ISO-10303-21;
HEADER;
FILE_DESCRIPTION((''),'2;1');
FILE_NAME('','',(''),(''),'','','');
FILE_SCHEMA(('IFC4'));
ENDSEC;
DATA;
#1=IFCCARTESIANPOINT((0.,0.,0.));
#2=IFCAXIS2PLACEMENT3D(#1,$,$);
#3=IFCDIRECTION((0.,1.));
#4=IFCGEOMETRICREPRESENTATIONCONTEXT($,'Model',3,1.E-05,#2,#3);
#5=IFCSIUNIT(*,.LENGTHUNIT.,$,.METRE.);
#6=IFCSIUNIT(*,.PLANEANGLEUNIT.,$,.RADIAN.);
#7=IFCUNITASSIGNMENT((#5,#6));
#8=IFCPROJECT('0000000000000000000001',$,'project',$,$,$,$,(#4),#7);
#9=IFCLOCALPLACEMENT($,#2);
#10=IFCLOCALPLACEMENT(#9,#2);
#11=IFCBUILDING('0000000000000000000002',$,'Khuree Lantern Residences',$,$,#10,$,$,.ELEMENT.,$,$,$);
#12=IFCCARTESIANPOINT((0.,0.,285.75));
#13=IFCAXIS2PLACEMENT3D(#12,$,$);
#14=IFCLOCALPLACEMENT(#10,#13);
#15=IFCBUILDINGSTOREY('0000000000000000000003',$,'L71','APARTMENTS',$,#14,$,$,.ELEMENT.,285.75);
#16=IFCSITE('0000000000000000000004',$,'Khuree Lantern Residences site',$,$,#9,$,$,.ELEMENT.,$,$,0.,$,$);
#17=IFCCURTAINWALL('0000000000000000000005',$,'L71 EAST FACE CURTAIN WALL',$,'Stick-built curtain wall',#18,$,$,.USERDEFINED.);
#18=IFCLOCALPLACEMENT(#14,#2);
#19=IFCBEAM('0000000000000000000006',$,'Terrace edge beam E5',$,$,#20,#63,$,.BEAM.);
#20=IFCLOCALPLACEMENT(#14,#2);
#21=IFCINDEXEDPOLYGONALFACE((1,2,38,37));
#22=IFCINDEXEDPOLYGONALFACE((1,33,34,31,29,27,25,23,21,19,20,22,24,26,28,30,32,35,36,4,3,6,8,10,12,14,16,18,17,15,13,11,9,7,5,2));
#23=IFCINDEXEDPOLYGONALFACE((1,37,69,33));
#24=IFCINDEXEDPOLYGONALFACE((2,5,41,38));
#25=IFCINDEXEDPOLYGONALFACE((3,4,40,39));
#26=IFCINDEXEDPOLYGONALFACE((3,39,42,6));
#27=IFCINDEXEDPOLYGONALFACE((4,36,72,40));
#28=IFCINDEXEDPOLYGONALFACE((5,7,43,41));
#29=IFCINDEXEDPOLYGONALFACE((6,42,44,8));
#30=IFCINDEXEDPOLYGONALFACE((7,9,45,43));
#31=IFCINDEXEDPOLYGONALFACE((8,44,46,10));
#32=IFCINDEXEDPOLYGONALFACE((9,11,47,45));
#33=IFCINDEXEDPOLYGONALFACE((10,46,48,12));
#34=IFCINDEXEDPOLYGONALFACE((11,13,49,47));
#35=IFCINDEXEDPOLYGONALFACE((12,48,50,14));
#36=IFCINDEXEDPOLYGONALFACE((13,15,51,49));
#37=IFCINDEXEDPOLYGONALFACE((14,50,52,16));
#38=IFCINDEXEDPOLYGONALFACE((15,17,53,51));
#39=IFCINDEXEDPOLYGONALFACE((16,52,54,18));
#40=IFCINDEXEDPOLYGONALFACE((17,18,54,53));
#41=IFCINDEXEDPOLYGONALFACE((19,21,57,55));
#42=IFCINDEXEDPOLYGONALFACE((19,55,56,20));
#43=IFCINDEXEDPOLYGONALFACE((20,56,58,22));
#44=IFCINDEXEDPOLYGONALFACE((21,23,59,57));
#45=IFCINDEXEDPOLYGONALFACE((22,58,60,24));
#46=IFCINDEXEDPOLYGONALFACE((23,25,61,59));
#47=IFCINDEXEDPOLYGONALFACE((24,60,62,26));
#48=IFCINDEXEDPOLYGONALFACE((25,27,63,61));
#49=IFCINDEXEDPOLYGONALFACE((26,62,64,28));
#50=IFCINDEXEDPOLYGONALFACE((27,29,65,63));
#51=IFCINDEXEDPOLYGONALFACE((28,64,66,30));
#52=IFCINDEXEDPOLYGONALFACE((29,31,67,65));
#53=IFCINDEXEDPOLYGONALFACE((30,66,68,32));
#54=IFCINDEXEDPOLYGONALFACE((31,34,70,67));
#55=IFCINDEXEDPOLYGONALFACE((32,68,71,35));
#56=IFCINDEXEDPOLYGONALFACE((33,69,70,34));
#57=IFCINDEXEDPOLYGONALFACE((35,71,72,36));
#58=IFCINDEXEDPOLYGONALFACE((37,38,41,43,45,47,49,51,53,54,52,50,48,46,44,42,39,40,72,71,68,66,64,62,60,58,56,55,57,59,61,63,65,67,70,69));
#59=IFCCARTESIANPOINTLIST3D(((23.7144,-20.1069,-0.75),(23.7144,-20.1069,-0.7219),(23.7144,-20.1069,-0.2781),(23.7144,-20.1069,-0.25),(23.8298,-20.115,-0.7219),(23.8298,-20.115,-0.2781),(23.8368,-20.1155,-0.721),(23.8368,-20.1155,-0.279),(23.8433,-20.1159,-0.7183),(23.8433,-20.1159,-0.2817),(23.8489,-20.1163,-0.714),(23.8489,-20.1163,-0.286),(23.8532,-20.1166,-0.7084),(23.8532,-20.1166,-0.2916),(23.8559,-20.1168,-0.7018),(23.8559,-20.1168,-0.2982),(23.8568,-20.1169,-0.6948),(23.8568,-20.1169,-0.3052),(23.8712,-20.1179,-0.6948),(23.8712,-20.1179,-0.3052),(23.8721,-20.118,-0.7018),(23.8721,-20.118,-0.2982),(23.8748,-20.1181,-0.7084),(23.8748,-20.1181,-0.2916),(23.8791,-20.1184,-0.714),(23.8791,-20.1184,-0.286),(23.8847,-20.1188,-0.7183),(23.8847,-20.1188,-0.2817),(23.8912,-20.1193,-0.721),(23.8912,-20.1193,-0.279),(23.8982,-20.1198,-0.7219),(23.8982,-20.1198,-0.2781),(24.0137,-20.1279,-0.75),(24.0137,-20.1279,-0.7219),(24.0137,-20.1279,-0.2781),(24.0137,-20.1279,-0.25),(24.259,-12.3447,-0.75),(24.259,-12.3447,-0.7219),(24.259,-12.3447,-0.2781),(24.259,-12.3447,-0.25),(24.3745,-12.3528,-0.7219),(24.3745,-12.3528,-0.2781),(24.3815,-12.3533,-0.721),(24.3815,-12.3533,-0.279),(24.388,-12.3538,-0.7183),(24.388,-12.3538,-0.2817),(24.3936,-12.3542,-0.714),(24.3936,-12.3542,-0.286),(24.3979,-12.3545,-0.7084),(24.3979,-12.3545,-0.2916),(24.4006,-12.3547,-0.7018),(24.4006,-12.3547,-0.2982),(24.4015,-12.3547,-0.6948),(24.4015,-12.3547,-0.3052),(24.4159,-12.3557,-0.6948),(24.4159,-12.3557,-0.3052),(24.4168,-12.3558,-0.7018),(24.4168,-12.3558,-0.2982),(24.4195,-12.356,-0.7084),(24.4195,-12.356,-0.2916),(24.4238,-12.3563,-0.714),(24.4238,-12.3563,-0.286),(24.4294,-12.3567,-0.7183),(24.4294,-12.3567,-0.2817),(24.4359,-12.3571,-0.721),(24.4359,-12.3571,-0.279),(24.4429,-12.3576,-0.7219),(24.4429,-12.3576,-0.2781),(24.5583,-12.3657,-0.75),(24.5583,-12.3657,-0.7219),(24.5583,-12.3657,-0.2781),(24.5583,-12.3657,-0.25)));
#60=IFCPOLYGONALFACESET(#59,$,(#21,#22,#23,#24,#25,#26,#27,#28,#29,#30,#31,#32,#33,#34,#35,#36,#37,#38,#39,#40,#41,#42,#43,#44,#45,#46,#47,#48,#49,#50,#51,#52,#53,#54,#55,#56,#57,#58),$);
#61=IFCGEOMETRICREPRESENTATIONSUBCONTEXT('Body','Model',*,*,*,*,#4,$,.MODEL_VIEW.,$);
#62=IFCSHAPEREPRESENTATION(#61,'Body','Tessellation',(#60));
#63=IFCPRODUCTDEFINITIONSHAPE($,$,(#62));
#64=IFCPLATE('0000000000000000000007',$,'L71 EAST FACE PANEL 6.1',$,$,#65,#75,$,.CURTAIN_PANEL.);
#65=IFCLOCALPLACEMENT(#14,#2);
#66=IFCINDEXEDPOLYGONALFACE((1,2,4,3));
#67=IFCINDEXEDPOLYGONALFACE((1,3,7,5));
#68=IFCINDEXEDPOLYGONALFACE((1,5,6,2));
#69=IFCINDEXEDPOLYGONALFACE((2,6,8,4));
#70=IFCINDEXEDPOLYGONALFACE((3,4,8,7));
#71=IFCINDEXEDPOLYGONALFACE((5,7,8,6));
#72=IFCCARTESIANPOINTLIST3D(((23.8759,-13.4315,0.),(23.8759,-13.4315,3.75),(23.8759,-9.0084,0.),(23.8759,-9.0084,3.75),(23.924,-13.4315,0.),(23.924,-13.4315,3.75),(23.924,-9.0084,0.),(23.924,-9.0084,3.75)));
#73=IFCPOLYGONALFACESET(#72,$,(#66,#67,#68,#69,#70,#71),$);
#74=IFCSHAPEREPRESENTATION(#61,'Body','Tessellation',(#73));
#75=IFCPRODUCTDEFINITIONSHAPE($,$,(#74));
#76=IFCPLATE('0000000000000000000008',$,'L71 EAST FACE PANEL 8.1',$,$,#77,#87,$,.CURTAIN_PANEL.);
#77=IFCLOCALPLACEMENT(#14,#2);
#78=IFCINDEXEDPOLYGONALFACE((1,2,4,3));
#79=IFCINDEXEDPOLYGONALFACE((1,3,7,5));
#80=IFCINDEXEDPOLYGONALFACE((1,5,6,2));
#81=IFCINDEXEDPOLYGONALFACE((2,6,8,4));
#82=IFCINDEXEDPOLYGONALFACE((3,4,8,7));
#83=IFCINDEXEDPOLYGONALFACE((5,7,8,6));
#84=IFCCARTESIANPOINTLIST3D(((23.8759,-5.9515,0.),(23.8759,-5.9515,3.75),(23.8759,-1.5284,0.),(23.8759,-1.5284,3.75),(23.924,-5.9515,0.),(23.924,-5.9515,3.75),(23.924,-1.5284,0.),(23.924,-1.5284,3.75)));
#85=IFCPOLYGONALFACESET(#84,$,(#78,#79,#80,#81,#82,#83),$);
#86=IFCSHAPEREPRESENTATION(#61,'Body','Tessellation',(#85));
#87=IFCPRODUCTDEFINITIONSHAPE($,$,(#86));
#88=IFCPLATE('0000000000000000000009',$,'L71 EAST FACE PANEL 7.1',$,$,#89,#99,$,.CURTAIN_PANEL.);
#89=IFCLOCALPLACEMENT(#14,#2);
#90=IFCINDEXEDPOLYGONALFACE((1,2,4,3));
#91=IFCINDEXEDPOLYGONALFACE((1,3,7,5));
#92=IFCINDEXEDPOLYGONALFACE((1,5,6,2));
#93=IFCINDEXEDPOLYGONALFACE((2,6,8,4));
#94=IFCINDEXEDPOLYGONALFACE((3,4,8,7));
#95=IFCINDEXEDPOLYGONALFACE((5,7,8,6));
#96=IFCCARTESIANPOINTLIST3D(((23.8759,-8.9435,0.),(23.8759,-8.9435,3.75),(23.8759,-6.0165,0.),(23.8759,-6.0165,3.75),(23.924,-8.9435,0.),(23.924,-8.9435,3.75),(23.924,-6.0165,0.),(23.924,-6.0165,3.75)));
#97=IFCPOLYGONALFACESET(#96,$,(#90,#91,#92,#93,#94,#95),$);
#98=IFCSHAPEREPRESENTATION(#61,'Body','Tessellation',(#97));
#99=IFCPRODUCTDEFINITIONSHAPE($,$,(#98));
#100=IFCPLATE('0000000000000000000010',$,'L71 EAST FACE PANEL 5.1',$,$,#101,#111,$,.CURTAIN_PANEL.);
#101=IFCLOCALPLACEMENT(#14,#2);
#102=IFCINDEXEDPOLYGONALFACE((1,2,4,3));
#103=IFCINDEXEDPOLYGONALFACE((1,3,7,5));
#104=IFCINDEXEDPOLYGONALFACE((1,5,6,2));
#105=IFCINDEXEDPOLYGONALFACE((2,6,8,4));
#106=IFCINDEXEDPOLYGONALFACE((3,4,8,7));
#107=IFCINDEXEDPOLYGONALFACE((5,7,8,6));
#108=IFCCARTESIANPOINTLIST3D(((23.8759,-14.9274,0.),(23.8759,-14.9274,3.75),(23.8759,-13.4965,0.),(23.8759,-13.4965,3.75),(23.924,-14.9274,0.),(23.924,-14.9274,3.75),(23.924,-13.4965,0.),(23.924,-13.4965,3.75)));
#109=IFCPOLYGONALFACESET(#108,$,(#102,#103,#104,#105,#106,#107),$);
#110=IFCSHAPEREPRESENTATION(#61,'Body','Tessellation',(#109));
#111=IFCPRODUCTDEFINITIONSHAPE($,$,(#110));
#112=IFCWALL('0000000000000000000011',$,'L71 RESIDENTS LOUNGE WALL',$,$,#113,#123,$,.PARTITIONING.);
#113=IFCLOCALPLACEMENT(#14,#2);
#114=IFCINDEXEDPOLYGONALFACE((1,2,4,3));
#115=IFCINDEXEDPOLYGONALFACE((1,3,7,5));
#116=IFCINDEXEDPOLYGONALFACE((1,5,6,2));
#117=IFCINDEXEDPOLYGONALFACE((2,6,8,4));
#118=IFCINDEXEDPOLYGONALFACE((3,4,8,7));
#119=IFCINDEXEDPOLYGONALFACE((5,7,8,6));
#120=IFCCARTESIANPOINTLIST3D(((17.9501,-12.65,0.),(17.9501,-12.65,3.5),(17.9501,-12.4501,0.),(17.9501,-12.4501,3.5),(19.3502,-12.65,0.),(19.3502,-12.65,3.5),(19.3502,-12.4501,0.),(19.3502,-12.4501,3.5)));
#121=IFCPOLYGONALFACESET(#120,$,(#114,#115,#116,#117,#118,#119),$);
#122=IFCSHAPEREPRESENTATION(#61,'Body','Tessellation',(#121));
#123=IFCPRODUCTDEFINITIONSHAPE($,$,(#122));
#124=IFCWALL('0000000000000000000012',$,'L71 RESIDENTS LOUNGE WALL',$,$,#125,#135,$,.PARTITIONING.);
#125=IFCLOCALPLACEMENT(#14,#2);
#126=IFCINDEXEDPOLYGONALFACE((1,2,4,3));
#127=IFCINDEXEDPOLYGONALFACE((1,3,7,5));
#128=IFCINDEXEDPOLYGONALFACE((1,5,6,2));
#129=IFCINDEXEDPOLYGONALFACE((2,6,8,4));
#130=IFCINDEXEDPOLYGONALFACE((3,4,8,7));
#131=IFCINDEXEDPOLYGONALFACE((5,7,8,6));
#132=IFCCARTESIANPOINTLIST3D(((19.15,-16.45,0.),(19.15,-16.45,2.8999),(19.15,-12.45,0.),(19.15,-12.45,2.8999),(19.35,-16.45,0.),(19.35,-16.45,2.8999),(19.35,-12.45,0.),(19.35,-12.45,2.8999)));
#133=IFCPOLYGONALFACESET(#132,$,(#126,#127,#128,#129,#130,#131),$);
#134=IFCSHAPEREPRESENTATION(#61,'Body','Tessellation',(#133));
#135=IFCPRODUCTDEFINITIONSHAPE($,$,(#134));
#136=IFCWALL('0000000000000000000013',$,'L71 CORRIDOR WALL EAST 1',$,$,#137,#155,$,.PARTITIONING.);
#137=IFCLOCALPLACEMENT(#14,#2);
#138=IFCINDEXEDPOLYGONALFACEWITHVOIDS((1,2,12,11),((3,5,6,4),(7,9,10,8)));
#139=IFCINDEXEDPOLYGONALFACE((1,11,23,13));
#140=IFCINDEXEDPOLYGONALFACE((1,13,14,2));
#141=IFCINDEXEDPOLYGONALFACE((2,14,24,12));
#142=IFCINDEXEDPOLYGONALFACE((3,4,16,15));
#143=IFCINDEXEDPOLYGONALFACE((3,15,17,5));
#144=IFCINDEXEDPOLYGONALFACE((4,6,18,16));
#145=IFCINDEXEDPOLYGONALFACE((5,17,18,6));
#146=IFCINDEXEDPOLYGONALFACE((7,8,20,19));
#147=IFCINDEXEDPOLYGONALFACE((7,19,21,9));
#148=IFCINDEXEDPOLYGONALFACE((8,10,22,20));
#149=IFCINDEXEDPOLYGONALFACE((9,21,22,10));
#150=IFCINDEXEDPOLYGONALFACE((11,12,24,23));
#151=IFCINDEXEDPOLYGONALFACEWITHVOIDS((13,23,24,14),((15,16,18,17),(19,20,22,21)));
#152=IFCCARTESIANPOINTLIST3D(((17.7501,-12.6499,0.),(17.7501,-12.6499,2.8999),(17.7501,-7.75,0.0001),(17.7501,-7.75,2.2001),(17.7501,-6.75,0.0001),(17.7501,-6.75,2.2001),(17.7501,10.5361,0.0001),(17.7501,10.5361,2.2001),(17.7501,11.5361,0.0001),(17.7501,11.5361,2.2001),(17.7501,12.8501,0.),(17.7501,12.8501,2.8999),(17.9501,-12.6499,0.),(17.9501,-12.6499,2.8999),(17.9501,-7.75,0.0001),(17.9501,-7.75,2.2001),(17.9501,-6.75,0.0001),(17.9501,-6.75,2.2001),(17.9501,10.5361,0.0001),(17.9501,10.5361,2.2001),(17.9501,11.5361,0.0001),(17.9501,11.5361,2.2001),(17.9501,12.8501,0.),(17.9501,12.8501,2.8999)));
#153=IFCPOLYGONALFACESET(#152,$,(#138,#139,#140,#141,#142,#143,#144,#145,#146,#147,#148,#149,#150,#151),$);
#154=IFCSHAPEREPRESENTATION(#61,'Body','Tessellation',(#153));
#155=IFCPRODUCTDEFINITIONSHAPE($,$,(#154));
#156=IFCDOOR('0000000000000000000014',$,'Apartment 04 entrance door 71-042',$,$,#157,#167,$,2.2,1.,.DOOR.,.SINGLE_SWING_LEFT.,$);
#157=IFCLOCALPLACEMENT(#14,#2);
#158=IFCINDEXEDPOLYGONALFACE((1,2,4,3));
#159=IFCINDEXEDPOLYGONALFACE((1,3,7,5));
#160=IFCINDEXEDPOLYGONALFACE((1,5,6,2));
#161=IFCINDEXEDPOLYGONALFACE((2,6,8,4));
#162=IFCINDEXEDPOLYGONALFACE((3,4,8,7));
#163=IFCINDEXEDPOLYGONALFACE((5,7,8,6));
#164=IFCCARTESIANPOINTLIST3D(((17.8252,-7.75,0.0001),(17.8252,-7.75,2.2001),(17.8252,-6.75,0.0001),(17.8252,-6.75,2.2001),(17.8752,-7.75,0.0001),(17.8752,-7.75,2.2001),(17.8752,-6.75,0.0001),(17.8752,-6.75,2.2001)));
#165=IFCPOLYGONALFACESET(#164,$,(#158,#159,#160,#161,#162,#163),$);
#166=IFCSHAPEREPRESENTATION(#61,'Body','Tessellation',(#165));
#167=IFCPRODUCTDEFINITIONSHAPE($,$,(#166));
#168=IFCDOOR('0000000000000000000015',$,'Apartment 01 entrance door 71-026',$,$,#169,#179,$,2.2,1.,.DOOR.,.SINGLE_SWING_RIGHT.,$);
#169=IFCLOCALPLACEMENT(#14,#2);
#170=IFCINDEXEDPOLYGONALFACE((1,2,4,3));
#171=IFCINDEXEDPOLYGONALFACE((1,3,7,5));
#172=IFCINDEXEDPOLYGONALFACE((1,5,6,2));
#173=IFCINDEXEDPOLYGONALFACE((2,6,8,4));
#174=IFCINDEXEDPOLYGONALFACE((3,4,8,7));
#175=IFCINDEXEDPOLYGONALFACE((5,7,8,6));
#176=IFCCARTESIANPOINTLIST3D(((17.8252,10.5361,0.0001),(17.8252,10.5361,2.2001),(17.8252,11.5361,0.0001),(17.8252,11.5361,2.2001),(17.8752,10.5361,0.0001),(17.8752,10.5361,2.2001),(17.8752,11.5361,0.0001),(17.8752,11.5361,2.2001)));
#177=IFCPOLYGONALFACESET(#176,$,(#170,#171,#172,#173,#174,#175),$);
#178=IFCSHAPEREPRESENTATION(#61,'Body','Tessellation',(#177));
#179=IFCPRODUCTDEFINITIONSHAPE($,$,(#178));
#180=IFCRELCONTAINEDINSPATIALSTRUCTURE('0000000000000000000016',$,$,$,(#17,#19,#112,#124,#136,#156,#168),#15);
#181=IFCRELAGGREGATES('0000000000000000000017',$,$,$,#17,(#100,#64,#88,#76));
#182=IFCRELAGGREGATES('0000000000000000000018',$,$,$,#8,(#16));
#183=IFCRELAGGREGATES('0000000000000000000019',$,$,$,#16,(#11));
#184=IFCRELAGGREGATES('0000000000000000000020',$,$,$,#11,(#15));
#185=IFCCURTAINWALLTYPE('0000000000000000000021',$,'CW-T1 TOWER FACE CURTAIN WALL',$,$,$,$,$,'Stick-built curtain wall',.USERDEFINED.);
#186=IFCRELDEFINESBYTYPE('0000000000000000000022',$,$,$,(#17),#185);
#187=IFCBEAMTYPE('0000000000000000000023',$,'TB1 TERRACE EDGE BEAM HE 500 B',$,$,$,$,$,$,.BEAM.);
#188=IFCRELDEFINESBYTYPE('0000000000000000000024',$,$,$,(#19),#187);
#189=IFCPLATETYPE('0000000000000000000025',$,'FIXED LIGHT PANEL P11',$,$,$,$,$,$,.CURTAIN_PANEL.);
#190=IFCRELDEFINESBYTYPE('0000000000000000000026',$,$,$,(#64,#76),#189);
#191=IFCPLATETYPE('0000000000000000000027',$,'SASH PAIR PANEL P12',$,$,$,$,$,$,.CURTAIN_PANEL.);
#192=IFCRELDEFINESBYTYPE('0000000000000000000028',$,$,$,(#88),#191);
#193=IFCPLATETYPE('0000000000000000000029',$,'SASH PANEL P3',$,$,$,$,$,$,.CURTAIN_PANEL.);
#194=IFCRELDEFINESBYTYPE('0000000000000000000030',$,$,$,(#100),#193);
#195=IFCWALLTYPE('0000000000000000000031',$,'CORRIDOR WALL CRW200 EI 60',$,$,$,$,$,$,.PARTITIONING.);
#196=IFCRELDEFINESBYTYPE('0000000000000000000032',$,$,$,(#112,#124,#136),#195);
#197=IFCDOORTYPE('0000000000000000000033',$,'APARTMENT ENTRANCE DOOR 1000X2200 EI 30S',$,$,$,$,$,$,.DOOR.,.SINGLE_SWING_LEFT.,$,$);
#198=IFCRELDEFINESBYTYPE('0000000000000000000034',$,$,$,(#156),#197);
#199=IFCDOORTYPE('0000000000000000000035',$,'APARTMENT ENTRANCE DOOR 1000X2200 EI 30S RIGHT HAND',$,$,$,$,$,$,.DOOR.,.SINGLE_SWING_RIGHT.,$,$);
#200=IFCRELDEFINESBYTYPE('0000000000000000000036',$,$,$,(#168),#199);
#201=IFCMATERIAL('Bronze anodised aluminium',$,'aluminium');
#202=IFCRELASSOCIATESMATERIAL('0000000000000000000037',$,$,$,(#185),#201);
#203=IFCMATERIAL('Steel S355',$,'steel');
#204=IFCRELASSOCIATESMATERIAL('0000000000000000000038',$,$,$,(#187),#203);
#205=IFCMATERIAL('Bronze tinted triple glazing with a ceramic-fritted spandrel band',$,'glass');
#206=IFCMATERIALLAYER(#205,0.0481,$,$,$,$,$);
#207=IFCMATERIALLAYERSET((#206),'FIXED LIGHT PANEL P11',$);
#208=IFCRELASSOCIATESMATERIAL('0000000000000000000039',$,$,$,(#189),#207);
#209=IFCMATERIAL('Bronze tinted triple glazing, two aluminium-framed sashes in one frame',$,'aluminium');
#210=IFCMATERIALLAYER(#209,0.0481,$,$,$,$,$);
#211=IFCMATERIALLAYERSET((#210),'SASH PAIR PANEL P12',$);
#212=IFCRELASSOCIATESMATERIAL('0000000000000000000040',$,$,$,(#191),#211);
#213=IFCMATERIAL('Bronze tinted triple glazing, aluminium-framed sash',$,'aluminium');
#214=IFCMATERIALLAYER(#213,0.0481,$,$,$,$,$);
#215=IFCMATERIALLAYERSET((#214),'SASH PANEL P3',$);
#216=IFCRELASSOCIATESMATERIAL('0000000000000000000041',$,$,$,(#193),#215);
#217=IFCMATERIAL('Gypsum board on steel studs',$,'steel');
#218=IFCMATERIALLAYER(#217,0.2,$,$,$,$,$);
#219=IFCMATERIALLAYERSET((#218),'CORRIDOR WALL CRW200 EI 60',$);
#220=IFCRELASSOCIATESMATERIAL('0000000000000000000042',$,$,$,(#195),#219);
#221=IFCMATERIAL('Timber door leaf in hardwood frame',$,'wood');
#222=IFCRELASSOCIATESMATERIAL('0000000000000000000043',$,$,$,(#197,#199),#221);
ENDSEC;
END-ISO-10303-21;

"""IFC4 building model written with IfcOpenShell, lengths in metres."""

from ifc_helpers import new_model, si_unit, direction, frame, frame_2d, origin, origin_2d, place, context, subcontext, project, spatial, rectangle, i_section, extrude, material, layer, layer_set, material_profile, profile_set, type_object, element, fill, aggregate, save


model = new_model("IFC4")

# Units and contexts
model_context = context("Model", 3, precision=1e-05, world=origin(), true_north=direction((0.0, 1.0)))
body_context = subcontext(model_context, "Body", "Model", "MODEL_VIEW")
ifc_project = project(units=[si_unit("LENGTHUNIT", "METRE"), si_unit("PLANEANGLEUNIT", "RADIAN")], contexts=[model_context])

# Site, building, storey
site_placement = place(None, origin())
site = spatial("IfcSite", under=ifc_project, at=site_placement, Name="Khuree Lantern Residences site", CompositionType="ELEMENT", RefElevation=0.0)
building_placement = place(site_placement, origin())
building = spatial("IfcBuilding", under=site, at=building_placement, Name="Khuree Lantern Residences", CompositionType="ELEMENT")
storey_placement = place(building_placement, frame((0.0, 0.0, 285.75)))
storey = spatial("IfcBuildingStorey", under=building, at=storey_placement, Name="L71", Description="APARTMENTS", CompositionType="ELEMENT", Elevation=285.75)

# Shared definitions
ifc_material_1 = material(Name="Steel S355", Category="steel")

# Curtain wall
ifc_material_2 = material(Name="Bronze anodised aluminium", Category="aluminium")
curtain_wall_type = type_object("IfcCurtainWallType", Name="CW-T1 TOWER FACE CURTAIN WALL", ElementType="Stick-built curtain wall", PredefinedType="USERDEFINED", material=ifc_material_2)
curtain_wall_placement = place(storey_placement, origin())
curtain_wall = element("IfcCurtainWall", 1, at=curtain_wall_placement, inside=storey, type_object=curtain_wall_type, Name="L71 EAST FACE CURTAIN WALL", ObjectType="Stick-built curtain wall", PredefinedType="USERDEFINED")

# Beam
ifc_material_profile_1 = material_profile(ifc_material_1, i_section(OverallWidth=0.3, OverallDepth=0.5, WebThickness=0.0144, FlangeThickness=0.0281, FilletRadius=0.0271, at=origin_2d()), Name="HE 500 B")
ifc_profile_set_1 = profile_set([ifc_material_profile_1], Name="Steel S355")
beam_type_1 = type_object("IfcBeamType", Name="TB1 TERRACE EDGE BEAM HE 500 B", PredefinedType="BEAM", material=ifc_profile_set_1)
beam_1_placement = place(storey_placement, frame((24.4087, -12.3552, -0.5), z_axis=(-0.069998, -0.997547, 0.0), x_axis=(0.997547, -0.069998, 0.0)))
element("IfcBeam", 2, at=beam_1_placement, inside=storey, type_object=beam_type_1, Name="Terrace edge beam E5", PredefinedType="BEAM", context=body_context, shape_type="SweptSolid", body=[
    extrude(i_section(OverallWidth=0.3, OverallDepth=0.5, WebThickness=0.0144, FlangeThickness=0.0281, FilletRadius=0.0271, at=origin_2d()), origin(), (0.0, 0.0, 1.0), 7.7812),
])

# Plates
ifc_material_3 = material(Name="Bronze tinted triple glazing with a ceramic-fritted spandrel band", Category="glass")
ifc_layer_1 = layer(ifc_material_3, 0.0481)
ifc_layer_set_1 = layer_set([ifc_layer_1], Name="FIXED LIGHT PANEL P11")
plate_type_1 = type_object("IfcPlateType", Name="FIXED LIGHT PANEL P11", PredefinedType="CURTAIN_PANEL", material=ifc_layer_set_1)
plate_1_placement = place(storey_placement, frame((23.8999, -11.22, 0.0), z_axis=(0.0, 0.0, 1.0), x_axis=(0.0, 1.0, 0.0)))
plate_1 = element("IfcPlate", 3, at=plate_1_placement, type_object=plate_type_1, Name="L71 EAST FACE PANEL 6.1", PredefinedType="CURTAIN_PANEL", context=body_context, shape_type="SweptSolid", body=[
    extrude(rectangle(XDim=4.4231, YDim=0.0481, at=origin_2d()), origin(), (0.0, 0.0, 1.0), 3.75),
])
plate_2_placement = place(storey_placement, frame((23.8999, -3.74, 0.0), z_axis=(0.0, 0.0, 1.0), x_axis=(0.0, 1.0, 0.0)))
plate_2 = element("IfcPlate", 4, at=plate_2_placement, type_object=plate_type_1, Name="L71 EAST FACE PANEL 8.1", PredefinedType="CURTAIN_PANEL", context=body_context, shape_type="SweptSolid", body=[
    extrude(rectangle(XDim=4.4231, YDim=0.0481, at=origin_2d()), origin(), (0.0, 0.0, 1.0), 3.75),
])
ifc_material_4 = material(Name="Bronze tinted triple glazing, two aluminium-framed sashes in one frame", Category="aluminium")
ifc_layer_2 = layer(ifc_material_4, 0.0481)
ifc_layer_set_2 = layer_set([ifc_layer_2], Name="SASH PAIR PANEL P12")
plate_type_2 = type_object("IfcPlateType", Name="SASH PAIR PANEL P12", PredefinedType="CURTAIN_PANEL", material=ifc_layer_set_2)
plate_3_placement = place(storey_placement, frame((23.8999, -7.48, 0.0), z_axis=(0.0, 0.0, 1.0), x_axis=(0.0, 1.0, 0.0)))
plate_3 = element("IfcPlate", 5, at=plate_3_placement, type_object=plate_type_2, Name="L71 EAST FACE PANEL 7.1", PredefinedType="CURTAIN_PANEL", context=body_context, shape_type="SweptSolid", body=[
    extrude(rectangle(XDim=2.927, YDim=0.0481, at=origin_2d()), origin(), (0.0, 0.0, 1.0), 3.75),
])
ifc_material_5 = material(Name="Bronze tinted triple glazing, aluminium-framed sash", Category="aluminium")
ifc_layer_3 = layer(ifc_material_5, 0.0481)
ifc_layer_set_3 = layer_set([ifc_layer_3], Name="SASH PANEL P3")
plate_type_3 = type_object("IfcPlateType", Name="SASH PANEL P3", PredefinedType="CURTAIN_PANEL", material=ifc_layer_set_3)
plate_4_placement = place(storey_placement, frame((23.8999, -14.2119, 0.0), z_axis=(0.0, 0.0, 1.0), x_axis=(0.0, 1.0, 0.0)))
plate_4 = element("IfcPlate", 6, at=plate_4_placement, type_object=plate_type_3, Name="L71 EAST FACE PANEL 5.1", PredefinedType="CURTAIN_PANEL", context=body_context, shape_type="SweptSolid", body=[
    extrude(rectangle(XDim=1.4309, YDim=0.0481, at=origin_2d()), origin(), (0.0, 0.0, 1.0), 3.75),
])
aggregate(curtain_wall, [plate_4, plate_1, plate_3, plate_2])

# Walls
ifc_material_6 = material(Name="Gypsum board on steel studs", Category="steel")
ifc_layer_4 = layer(ifc_material_6, 0.2)
ifc_layer_set_4 = layer_set([ifc_layer_4], Name="CORRIDOR WALL CRW200 EI 60")
wall_type_1 = type_object("IfcWallType", Name="CORRIDOR WALL CRW200 EI 60", PredefinedType="PARTITIONING", material=ifc_layer_set_4)
wall_1_placement = place(storey_placement, frame((17.95, -12.55, 0.0), z_axis=(0.0, 0.0, 1.0), x_axis=(1.0, 0.0, 0.0)))
element("IfcWall", 7, at=wall_1_placement, inside=storey, type_object=wall_type_1, Name="L71 RESIDENTS LOUNGE WALL", PredefinedType="PARTITIONING", context=body_context, shape_type="SweptSolid", body=[
    extrude(rectangle(XDim=1.4001, YDim=0.2, at=frame_2d((0.7002, 0.0))), origin(), (0.0, 0.0, 1.0), 3.5),
])
wall_2_placement = place(storey_placement, frame((19.25, -12.45, 0.0), z_axis=(0.0, 0.0, 1.0), x_axis=(0.0, -1.0, 0.0)))
element("IfcWall", 8, at=wall_2_placement, inside=storey, type_object=wall_type_1, Name="L71 RESIDENTS LOUNGE WALL", PredefinedType="PARTITIONING", context=body_context, shape_type="SweptSolid", body=[
    extrude(rectangle(XDim=4.0, YDim=0.2, at=frame_2d((2.0, 0.0))), origin(), (0.0, 0.0, 1.0), 2.8999),
])

# Wall, openings, doors
wall_3_placement = place(storey_placement, frame((17.8501, -12.6499, 0.0), z_axis=(0.0, 0.0, 1.0), x_axis=(0.0, 1.0, 0.0)))
wall_3 = element("IfcWall", 9, at=wall_3_placement, inside=storey, type_object=wall_type_1, Name="L71 CORRIDOR WALL EAST 1", PredefinedType="PARTITIONING", context=body_context, shape_type="SweptSolid", body=[
    extrude(rectangle(XDim=25.5, YDim=0.2, at=frame_2d((12.75, 0.0))), origin(), (0.0, 0.0, 1.0), 2.8999),
])
opening_1_placement = place(wall_3_placement, frame((23.186, 0.0, 0.0)))
opening_1 = element("IfcOpeningElement", 10, at=opening_1_placement, cuts=wall_3, PredefinedType="OPENING", context=body_context, shape_type="SweptSolid", body=[
    extrude(rectangle(XDim=1.0, YDim=2.2, at=frame_2d((0.5, 1.1001))), frame((0.0, 0.1099, 0.0), z_axis=(0.0, -1.0, 0.0), x_axis=(1.0, 0.0, 0.0)), (0.0, 0.0, 1.0), 0.22),
])
opening_2_placement = place(wall_3_placement, frame((4.8999, 0.0, 0.0)))
opening_2 = element("IfcOpeningElement", 11, at=opening_2_placement, cuts=wall_3, PredefinedType="OPENING", context=body_context, shape_type="SweptSolid", body=[
    extrude(rectangle(XDim=1.0, YDim=2.2, at=frame_2d((0.5, 1.1001))), frame((0.0, 0.1099, 0.0), z_axis=(0.0, -1.0, 0.0), x_axis=(1.0, 0.0, 0.0)), (0.0, 0.0, 1.0), 0.22),
])
ifc_material_7 = material(Name="Timber door leaf in hardwood frame", Category="wood")
door_type_1 = type_object("IfcDoorType", Name="APARTMENT ENTRANCE DOOR 1000X2200 EI 30S", OperationType="SINGLE_SWING_LEFT", PredefinedType="DOOR", material=ifc_material_7)
door_1_placement = place(opening_2_placement, origin())
door_1 = element("IfcDoor", 12, at=door_1_placement, inside=storey, type_object=door_type_1, Name="Apartment 04 entrance door 71-042", OperationType="SINGLE_SWING_LEFT", OverallHeight=2.2, OverallWidth=1.0, PredefinedType="DOOR", context=body_context, shape_type="SweptSolid", body=[
    extrude(rectangle(XDim=1.0, YDim=2.2, at=frame_2d((0.5, 1.1001))), frame((0.0, 0.0249, 0.0), z_axis=(0.0, -1.0, 0.0), x_axis=(1.0, 0.0, 0.0)), (0.0, 0.0, 1.0), 0.05),
])
fill(opening_2, door_1)
door_type_2 = type_object("IfcDoorType", Name="APARTMENT ENTRANCE DOOR 1000X2200 EI 30S RIGHT HAND", OperationType="SINGLE_SWING_RIGHT", PredefinedType="DOOR", material=ifc_material_7)
door_2_placement = place(opening_1_placement, origin())
door_2 = element("IfcDoor", 13, at=door_2_placement, inside=storey, type_object=door_type_2, Name="Apartment 01 entrance door 71-026", OperationType="SINGLE_SWING_RIGHT", OverallHeight=2.2, OverallWidth=1.0, PredefinedType="DOOR", context=body_context, shape_type="SweptSolid", body=[
    extrude(rectangle(XDim=1.0, YDim=2.2, at=frame_2d((0.5, 1.1001))), frame((0.0, 0.0249, 0.0), z_axis=(0.0, -1.0, 0.0), x_axis=(1.0, 0.0, 0.0)), (0.0, 0.0, 1.0), 0.05),
])
fill(opening_1, door_2)

save(model, "model.ifc")
